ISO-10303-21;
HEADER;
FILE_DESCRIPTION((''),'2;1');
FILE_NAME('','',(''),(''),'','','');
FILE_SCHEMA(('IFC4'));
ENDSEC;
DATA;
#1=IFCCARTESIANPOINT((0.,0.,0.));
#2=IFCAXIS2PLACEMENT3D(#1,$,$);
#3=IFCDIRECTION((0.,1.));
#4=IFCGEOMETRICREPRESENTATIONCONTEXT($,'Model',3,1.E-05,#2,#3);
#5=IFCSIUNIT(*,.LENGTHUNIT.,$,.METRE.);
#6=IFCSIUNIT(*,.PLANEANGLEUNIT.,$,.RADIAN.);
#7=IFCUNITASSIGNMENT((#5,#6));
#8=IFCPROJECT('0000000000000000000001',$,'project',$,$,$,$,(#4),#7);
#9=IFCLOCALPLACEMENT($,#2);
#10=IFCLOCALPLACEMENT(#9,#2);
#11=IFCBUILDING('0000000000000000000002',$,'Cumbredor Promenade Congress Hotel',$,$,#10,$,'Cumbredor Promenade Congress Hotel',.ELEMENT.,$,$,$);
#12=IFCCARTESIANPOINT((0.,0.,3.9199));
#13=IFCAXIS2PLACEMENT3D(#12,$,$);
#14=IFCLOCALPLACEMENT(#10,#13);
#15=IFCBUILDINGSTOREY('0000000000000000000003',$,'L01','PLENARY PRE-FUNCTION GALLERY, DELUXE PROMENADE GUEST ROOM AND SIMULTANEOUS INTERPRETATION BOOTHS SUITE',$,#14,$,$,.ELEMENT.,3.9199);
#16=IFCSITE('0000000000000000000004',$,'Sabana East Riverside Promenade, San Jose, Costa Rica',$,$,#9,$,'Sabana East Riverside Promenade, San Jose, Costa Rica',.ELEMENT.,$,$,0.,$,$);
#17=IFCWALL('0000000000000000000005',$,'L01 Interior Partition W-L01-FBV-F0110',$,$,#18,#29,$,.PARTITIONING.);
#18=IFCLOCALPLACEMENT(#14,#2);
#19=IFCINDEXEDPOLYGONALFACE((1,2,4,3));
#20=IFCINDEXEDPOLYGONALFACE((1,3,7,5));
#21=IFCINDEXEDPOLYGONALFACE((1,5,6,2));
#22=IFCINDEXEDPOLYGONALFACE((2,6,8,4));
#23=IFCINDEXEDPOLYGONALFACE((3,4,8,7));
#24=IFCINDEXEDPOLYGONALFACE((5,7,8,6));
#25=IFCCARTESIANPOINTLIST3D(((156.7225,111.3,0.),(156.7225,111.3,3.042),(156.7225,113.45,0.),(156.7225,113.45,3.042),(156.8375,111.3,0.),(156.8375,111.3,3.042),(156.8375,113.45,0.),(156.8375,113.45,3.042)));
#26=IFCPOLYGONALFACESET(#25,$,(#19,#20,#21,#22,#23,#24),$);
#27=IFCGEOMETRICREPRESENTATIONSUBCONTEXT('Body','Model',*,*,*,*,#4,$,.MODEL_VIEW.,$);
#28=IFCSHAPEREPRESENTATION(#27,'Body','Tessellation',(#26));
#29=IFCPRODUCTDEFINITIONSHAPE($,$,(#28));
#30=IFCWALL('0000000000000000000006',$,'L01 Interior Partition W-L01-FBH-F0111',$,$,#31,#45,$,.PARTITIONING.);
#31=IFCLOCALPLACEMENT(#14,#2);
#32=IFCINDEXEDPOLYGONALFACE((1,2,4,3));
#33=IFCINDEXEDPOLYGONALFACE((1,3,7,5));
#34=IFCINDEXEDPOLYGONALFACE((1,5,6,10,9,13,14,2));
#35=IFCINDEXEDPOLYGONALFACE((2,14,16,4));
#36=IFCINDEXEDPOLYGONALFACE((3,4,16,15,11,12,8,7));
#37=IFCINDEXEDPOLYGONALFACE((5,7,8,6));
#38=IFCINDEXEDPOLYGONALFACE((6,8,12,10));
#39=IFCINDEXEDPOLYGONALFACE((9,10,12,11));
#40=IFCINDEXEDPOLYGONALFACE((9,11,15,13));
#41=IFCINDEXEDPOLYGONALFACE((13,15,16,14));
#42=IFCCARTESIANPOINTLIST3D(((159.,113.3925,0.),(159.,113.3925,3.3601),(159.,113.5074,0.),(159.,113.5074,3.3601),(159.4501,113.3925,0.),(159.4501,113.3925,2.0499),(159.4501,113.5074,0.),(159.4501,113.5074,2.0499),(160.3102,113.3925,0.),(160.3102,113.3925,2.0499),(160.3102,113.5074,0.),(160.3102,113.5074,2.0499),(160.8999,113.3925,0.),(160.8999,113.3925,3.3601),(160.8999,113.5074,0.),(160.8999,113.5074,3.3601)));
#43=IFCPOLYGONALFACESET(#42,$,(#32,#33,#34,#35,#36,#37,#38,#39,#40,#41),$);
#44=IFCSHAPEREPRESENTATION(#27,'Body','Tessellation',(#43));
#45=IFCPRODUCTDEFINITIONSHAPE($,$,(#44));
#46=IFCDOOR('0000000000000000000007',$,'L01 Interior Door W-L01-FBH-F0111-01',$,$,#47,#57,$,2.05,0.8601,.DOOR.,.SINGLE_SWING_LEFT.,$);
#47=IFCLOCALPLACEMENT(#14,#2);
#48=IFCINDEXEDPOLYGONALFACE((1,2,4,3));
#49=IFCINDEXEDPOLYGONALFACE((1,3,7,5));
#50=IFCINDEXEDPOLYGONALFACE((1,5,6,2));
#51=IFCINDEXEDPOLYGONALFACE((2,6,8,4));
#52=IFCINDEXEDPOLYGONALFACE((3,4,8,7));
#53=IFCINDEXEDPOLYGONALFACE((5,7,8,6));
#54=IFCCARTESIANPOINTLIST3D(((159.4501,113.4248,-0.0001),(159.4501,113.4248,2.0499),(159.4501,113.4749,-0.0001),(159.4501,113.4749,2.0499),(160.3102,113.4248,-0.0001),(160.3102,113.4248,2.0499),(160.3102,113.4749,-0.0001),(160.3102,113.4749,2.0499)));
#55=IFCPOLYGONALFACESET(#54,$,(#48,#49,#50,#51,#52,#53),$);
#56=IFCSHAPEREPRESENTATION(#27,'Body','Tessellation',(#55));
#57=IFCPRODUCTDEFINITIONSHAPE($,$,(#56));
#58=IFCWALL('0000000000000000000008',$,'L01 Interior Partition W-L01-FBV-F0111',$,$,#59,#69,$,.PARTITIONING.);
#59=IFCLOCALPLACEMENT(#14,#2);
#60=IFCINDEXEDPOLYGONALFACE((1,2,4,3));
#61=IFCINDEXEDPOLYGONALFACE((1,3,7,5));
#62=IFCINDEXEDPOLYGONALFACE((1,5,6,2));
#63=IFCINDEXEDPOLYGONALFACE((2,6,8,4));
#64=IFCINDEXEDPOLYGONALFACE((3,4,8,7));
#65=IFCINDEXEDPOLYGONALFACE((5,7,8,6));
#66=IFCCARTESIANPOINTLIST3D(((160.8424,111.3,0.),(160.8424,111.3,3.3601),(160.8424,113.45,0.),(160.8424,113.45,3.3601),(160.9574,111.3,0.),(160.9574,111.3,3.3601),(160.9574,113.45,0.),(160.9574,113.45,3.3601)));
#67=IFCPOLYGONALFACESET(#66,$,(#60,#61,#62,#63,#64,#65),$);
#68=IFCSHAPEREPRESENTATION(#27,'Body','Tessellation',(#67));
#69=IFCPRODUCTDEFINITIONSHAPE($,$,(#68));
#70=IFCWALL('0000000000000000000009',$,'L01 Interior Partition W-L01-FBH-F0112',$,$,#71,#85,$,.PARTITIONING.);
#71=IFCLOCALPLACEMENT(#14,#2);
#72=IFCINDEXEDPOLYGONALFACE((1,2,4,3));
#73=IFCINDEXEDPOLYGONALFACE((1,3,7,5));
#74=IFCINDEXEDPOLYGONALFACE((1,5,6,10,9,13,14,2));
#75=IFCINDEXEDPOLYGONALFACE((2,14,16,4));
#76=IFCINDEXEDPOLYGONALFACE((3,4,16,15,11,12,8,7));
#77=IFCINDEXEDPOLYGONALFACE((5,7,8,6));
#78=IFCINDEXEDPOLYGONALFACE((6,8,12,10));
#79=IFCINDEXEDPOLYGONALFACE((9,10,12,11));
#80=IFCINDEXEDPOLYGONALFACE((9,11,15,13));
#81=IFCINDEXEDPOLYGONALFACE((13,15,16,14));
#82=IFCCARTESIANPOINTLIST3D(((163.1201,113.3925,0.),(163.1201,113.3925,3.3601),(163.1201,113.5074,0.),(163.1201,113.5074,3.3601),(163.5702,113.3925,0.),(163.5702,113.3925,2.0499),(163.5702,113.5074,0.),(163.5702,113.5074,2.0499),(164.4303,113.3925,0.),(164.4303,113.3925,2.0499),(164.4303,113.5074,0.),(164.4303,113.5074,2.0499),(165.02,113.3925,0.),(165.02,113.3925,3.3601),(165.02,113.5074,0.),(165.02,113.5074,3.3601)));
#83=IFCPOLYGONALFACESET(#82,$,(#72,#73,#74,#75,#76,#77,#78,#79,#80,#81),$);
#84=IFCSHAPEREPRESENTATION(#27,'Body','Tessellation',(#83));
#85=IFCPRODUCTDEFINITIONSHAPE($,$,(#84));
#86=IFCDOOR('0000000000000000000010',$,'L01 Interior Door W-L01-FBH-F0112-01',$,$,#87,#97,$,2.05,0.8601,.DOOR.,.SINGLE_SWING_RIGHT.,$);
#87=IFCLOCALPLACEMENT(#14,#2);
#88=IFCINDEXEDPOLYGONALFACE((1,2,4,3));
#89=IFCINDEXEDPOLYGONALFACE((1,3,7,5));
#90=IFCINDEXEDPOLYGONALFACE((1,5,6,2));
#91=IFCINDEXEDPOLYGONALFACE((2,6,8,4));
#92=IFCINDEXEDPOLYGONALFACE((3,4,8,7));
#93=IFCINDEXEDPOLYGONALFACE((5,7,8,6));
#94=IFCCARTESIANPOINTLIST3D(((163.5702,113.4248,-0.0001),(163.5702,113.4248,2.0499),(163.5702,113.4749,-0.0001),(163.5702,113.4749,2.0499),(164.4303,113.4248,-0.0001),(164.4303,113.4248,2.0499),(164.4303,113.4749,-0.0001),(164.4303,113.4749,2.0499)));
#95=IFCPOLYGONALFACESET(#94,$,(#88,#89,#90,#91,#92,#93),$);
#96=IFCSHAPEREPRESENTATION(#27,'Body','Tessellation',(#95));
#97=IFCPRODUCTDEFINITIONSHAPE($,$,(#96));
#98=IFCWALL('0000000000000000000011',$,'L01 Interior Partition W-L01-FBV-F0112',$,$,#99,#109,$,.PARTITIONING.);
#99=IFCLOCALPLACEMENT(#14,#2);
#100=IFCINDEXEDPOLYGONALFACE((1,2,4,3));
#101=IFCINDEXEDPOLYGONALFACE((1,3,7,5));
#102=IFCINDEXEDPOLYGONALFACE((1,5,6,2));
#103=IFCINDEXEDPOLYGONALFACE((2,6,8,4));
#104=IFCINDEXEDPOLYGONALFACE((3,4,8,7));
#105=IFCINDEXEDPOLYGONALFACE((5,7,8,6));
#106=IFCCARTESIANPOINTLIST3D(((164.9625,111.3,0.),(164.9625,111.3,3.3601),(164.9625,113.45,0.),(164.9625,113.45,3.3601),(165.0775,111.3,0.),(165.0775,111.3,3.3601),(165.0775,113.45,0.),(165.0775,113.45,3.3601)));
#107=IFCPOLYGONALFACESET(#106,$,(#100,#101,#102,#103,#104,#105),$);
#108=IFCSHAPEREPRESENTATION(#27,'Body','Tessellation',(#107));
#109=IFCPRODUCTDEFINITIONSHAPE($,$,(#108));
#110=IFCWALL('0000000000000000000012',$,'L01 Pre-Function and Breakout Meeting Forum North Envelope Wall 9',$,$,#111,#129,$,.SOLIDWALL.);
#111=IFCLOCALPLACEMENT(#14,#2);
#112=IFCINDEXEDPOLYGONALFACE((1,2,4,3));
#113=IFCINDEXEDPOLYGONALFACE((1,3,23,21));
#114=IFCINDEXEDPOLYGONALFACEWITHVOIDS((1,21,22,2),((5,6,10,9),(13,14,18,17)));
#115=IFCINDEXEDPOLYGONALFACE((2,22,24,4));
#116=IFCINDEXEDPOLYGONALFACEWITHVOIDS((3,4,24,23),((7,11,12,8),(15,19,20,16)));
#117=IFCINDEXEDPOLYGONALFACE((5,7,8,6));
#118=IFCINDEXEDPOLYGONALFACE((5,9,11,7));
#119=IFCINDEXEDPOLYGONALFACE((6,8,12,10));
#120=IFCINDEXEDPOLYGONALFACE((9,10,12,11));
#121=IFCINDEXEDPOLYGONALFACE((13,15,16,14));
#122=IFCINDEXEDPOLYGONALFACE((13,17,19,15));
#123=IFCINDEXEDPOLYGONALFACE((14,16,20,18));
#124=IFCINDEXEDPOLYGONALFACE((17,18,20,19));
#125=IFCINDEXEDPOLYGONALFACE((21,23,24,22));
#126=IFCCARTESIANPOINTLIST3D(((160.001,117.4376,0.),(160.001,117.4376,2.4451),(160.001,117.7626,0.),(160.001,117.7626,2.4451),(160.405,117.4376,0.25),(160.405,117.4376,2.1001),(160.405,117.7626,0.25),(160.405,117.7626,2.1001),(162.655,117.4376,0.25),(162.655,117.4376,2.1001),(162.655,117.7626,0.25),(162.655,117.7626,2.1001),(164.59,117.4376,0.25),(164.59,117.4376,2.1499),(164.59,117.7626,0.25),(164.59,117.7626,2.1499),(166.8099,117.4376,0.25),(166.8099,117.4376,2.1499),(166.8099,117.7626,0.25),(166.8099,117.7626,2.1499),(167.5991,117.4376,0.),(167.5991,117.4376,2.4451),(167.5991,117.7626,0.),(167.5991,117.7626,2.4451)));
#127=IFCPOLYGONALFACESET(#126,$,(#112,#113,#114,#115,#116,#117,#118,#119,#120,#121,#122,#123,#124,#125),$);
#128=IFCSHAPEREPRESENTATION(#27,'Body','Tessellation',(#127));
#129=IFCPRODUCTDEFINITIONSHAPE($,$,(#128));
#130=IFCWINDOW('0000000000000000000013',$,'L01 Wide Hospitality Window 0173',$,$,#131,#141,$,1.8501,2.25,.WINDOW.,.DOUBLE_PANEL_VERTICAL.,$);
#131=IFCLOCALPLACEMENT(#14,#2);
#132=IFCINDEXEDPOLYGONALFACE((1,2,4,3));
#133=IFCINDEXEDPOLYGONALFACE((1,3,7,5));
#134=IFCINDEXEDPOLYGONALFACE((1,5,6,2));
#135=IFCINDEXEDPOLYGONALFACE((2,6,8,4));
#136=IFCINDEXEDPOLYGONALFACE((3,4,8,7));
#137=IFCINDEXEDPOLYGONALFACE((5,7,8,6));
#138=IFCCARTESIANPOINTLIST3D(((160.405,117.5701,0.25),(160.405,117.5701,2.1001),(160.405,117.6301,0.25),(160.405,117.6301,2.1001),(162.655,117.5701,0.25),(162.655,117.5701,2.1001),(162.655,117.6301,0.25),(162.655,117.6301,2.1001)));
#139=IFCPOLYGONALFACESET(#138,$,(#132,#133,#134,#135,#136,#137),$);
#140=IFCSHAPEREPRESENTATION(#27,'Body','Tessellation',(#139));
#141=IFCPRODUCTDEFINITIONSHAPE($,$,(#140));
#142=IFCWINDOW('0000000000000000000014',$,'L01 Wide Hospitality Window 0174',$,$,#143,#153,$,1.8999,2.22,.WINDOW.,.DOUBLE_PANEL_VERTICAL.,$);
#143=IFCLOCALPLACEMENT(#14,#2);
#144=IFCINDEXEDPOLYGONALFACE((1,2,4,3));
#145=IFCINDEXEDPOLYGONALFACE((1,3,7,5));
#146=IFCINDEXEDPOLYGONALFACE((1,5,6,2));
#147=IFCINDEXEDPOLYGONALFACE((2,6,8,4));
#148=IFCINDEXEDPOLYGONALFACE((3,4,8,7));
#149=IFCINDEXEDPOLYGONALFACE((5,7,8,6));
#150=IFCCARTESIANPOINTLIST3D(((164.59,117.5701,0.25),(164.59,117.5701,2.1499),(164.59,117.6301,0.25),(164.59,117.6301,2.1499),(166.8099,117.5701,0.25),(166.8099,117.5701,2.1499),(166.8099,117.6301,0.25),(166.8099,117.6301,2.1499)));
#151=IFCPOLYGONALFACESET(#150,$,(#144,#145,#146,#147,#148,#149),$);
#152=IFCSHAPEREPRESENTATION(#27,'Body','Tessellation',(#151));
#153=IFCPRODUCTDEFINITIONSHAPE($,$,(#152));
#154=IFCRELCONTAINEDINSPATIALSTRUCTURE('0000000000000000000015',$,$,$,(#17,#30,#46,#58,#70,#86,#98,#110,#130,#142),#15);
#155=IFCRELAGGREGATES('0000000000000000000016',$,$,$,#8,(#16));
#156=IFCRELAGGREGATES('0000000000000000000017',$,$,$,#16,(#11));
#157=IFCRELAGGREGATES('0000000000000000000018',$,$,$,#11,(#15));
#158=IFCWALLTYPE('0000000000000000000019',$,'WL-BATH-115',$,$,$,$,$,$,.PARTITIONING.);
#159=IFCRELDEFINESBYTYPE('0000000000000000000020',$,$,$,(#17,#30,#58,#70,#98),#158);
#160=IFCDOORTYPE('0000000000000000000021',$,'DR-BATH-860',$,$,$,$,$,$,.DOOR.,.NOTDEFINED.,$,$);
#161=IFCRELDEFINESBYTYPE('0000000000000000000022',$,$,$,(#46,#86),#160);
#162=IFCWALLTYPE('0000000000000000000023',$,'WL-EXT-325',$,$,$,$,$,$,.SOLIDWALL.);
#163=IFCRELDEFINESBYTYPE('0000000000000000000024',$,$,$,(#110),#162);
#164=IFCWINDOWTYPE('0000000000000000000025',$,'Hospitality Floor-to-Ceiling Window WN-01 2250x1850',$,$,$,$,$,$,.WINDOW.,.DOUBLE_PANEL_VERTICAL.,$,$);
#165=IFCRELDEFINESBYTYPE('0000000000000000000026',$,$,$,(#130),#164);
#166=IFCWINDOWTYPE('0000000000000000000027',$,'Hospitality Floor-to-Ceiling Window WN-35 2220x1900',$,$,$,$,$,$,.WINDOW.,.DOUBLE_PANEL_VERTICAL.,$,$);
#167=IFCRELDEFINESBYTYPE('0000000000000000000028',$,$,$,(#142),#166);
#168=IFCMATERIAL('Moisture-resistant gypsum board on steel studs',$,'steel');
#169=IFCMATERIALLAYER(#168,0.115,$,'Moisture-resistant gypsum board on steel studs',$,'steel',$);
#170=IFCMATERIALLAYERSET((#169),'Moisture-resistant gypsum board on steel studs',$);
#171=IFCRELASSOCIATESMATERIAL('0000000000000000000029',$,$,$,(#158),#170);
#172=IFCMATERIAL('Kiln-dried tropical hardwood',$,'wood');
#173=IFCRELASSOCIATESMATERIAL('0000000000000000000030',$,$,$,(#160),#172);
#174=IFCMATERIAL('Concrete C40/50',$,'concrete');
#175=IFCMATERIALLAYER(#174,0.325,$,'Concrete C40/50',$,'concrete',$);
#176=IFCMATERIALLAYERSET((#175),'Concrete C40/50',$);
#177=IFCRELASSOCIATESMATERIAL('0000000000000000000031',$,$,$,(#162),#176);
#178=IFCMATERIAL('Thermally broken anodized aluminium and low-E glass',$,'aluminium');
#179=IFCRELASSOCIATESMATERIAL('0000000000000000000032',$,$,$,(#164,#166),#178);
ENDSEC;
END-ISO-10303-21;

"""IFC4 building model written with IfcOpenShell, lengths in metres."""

from ifc_helpers import new_model, si_unit, direction, frame, frame_2d, origin, place, context, subcontext, project, spatial, rectangle, extrude, material, layer, layer_set, type_object, element, fill, save


model = new_model("IFC4")

# Units and contexts
model_context = context("Model", 3, precision=1e-05, world=origin(), true_north=direction((0.0, 1.0)))
body_context = subcontext(model_context, "Body", "Model", "MODEL_VIEW")
ifc_project = project(units=[si_unit("LENGTHUNIT", "METRE"), si_unit("PLANEANGLEUNIT", "RADIAN")], contexts=[model_context])

# Site, building, storey
site_placement = place(None, origin())
site = spatial("IfcSite", under=ifc_project, at=site_placement, Name="Sabana East Riverside Promenade, San Jose, Costa Rica", LongName="Sabana East Riverside Promenade, San Jose, Costa Rica", CompositionType="ELEMENT", RefElevation=0.0)
building_placement = place(site_placement, origin())
building = spatial("IfcBuilding", under=site, at=building_placement, Name="Cumbredor Promenade Congress Hotel", LongName="Cumbredor Promenade Congress Hotel", CompositionType="ELEMENT")
storey_placement = place(building_placement, frame((0.0, 0.0, 3.9199)))
storey = spatial("IfcBuildingStorey", under=building, at=storey_placement, Name="L01", Description="PLENARY PRE-FUNCTION GALLERY, DELUXE PROMENADE GUEST ROOM AND SIMULTANEOUS INTERPRETATION BOOTHS SUITE", CompositionType="ELEMENT", Elevation=3.9199)

# Shared definitions
ifc_material_1 = material(Name="Thermally broken anodized aluminium and low-E glass", Category="aluminium")

# Shared definitions
ifc_material_2 = material(Name="Concrete C40/50", Category="concrete")

# Shared definitions
ifc_material_3 = material(Name="Kiln-dried tropical hardwood", Category="wood")

# Shared definitions
ifc_material_4 = material(Name="Moisture-resistant gypsum board on steel studs", Category="steel")
ifc_layer_1 = layer(ifc_material_4, 0.115, Name="Moisture-resistant gypsum board on steel studs", Category="steel")
ifc_layer_set_1 = layer_set([ifc_layer_1], Name="Moisture-resistant gypsum board on steel studs")
wall_type_1 = type_object("IfcWallType", Name="WL-BATH-115", PredefinedType="PARTITIONING", material=ifc_layer_set_1)
door_type_1 = type_object("IfcDoorType", Name="DR-BATH-860", OperationType="NOTDEFINED", PredefinedType="DOOR", material=ifc_material_3)

# Wall
wall_1_placement = place(storey_placement, frame((156.78, 111.3, 0.0), z_axis=(0.0, 0.0, 1.0), x_axis=(0.0, 1.0, 0.0)))
element("IfcWall", 1, at=wall_1_placement, inside=storey, type_object=wall_type_1, Name="L01 Interior Partition W-L01-FBV-F0110", PredefinedType="PARTITIONING", context=body_context, shape_type="SweptSolid", body=[
    extrude(rectangle(XDim=2.1499, YDim=0.115, at=frame_2d((1.075, 0.0))), origin(), (0.0, 0.0, 1.0), 3.042),
])

# Wall, opening, door
wall_2_placement = place(storey_placement, frame((159.0, 113.45, 0.0), z_axis=(0.0, 0.0, 1.0), x_axis=(1.0, 0.0, 0.0)))
wall_2 = element("IfcWall", 2, at=wall_2_placement, inside=storey, type_object=wall_type_1, Name="L01 Interior Partition W-L01-FBH-F0111", PredefinedType="PARTITIONING", context=body_context, shape_type="SweptSolid", body=[
    extrude(rectangle(XDim=1.8999, YDim=0.115, at=frame_2d((0.95, 0.0))), origin(), (0.0, 0.0, 1.0), 3.3601),
])
opening_1_placement = place(wall_2_placement, frame((0.45, 0.0, 0.0)))
opening_1 = element("IfcOpeningElement", 3, at=opening_1_placement, cuts=wall_2, PredefinedType="OPENING", context=body_context, shape_type="SweptSolid", body=[
    extrude(rectangle(XDim=0.8601, YDim=2.05, at=frame_2d((0.4302, 1.0249))), frame((0.0, 0.0674, 0.0), z_axis=(0.0, -1.0, 0.0), x_axis=(1.0, 0.0, 0.0)), (0.0, 0.0, 1.0), 0.135),
])
door_1_placement = place(opening_1_placement, origin())
door_1 = element("IfcDoor", 4, at=door_1_placement, inside=storey, type_object=door_type_1, Name="L01 Interior Door W-L01-FBH-F0111-01", OperationType="SINGLE_SWING_LEFT", OverallHeight=2.05, OverallWidth=0.8601, PredefinedType="DOOR", context=body_context, shape_type="SweptSolid", body=[
    extrude(rectangle(XDim=0.8601, YDim=2.05, at=frame_2d((0.4302, 1.0249))), frame((0.0, 0.0249, 0.0), z_axis=(0.0, -1.0, 0.0), x_axis=(1.0, 0.0, 0.0)), (0.0, 0.0, 1.0), 0.05),
])
fill(opening_1, door_1)

# Wall
wall_3_placement = place(storey_placement, frame((160.8999, 111.3, 0.0), z_axis=(0.0, 0.0, 1.0), x_axis=(0.0, 1.0, 0.0)))
element("IfcWall", 5, at=wall_3_placement, inside=storey, type_object=wall_type_1, Name="L01 Interior Partition W-L01-FBV-F0111", PredefinedType="PARTITIONING", context=body_context, shape_type="SweptSolid", body=[
    extrude(rectangle(XDim=2.1499, YDim=0.115, at=frame_2d((1.075, 0.0))), origin(), (0.0, 0.0, 1.0), 3.3601),
])

# Wall, opening, door
wall_4_placement = place(storey_placement, frame((163.1201, 113.45, 0.0), z_axis=(0.0, 0.0, 1.0), x_axis=(1.0, 0.0, 0.0)))
wall_4 = element("IfcWall", 6, at=wall_4_placement, inside=storey, type_object=wall_type_1, Name="L01 Interior Partition W-L01-FBH-F0112", PredefinedType="PARTITIONING", context=body_context, shape_type="SweptSolid", body=[
    extrude(rectangle(XDim=1.8999, YDim=0.115, at=frame_2d((0.95, 0.0))), origin(), (0.0, 0.0, 1.0), 3.3601),
])
opening_2_placement = place(wall_4_placement, frame((0.45, 0.0, 0.0)))
opening_2 = element("IfcOpeningElement", 7, at=opening_2_placement, cuts=wall_4, PredefinedType="OPENING", context=body_context, shape_type="SweptSolid", body=[
    extrude(rectangle(XDim=0.8601, YDim=2.05, at=frame_2d((0.4302, 1.0249))), frame((0.0, 0.0674, 0.0), z_axis=(0.0, -1.0, 0.0), x_axis=(1.0, 0.0, 0.0)), (0.0, 0.0, 1.0), 0.135),
])
door_2_placement = place(opening_2_placement, origin())
door_2 = element("IfcDoor", 8, at=door_2_placement, inside=storey, type_object=door_type_1, Name="L01 Interior Door W-L01-FBH-F0112-01", OperationType="SINGLE_SWING_RIGHT", OverallHeight=2.05, OverallWidth=0.8601, PredefinedType="DOOR", context=body_context, shape_type="SweptSolid", body=[
    extrude(rectangle(XDim=0.8601, YDim=2.05, at=frame_2d((0.4302, 1.0249))), frame((0.0, 0.0249, 0.0), z_axis=(0.0, -1.0, 0.0), x_axis=(1.0, 0.0, 0.0)), (0.0, 0.0, 1.0), 0.05),
])
fill(opening_2, door_2)

# Wall
wall_5_placement = place(storey_placement, frame((165.02, 111.3, 0.0), z_axis=(0.0, 0.0, 1.0), x_axis=(0.0, 1.0, 0.0)))
element("IfcWall", 9, at=wall_5_placement, inside=storey, type_object=wall_type_1, Name="L01 Interior Partition W-L01-FBV-F0112", PredefinedType="PARTITIONING", context=body_context, shape_type="SweptSolid", body=[
    extrude(rectangle(XDim=2.1499, YDim=0.115, at=frame_2d((1.075, 0.0))), origin(), (0.0, 0.0, 1.0), 3.3601),
])

# Wall, openings, windows
ifc_layer_2 = layer(ifc_material_2, 0.325, Name="Concrete C40/50", Category="concrete")
ifc_layer_set_2 = layer_set([ifc_layer_2], Name="Concrete C40/50")
wall_type_2 = type_object("IfcWallType", Name="WL-EXT-325", PredefinedType="SOLIDWALL", material=ifc_layer_set_2)
wall_6_placement = place(storey_placement, frame((160.001, 117.6001, 0.0), z_axis=(0.0, 0.0, 1.0), x_axis=(1.0, 0.0, 0.0)))
wall_6 = element("IfcWall", 10, at=wall_6_placement, inside=storey, type_object=wall_type_2, Name="L01 Pre-Function and Breakout Meeting Forum North Envelope Wall 9", PredefinedType="SOLIDWALL", context=body_context, shape_type="SweptSolid", body=[
    extrude(rectangle(XDim=7.5981, YDim=0.325, at=frame_2d((3.7991, 0.0))), origin(), (0.0, 0.0, 1.0), 2.4451),
])
opening_3_placement = place(wall_6_placement, frame((0.4041, 0.0, 0.25)))
opening_3 = element("IfcOpeningElement", 11, at=opening_3_placement, cuts=wall_6, PredefinedType="OPENING", context=body_context, shape_type="SweptSolid", body=[
    extrude(rectangle(XDim=2.25, YDim=1.8501, at=frame_2d((1.125, 0.925))), frame((0.0, 0.1724, 0.0), z_axis=(0.0, -1.0, 0.0), x_axis=(1.0, 0.0, 0.0)), (0.0, 0.0, 1.0), 0.345),
])
opening_4_placement = place(wall_6_placement, frame((4.5891, 0.0, 0.25)))
opening_4 = element("IfcOpeningElement", 12, at=opening_4_placement, cuts=wall_6, PredefinedType="OPENING", context=body_context, shape_type="SweptSolid", body=[
    extrude(rectangle(XDim=2.22, YDim=1.8999, at=frame_2d((1.1099, 0.95))), frame((0.0, 0.1724, 0.0), z_axis=(0.0, -1.0, 0.0), x_axis=(1.0, 0.0, 0.0)), (0.0, 0.0, 1.0), 0.345),
])
window_type_1 = type_object("IfcWindowType", Name="Hospitality Floor-to-Ceiling Window WN-01 2250x1850", PartitioningType="DOUBLE_PANEL_VERTICAL", PredefinedType="WINDOW", material=ifc_material_1)
window_1_placement = place(opening_3_placement, origin())
window_1 = element("IfcWindow", 13, at=window_1_placement, inside=storey, type_object=window_type_1, Name="L01 Wide Hospitality Window 0173", OverallHeight=1.8501, OverallWidth=2.25, PartitioningType="DOUBLE_PANEL_VERTICAL", PredefinedType="WINDOW", context=body_context, shape_type="SweptSolid", body=[
    extrude(rectangle(XDim=2.25, YDim=1.8501, at=frame_2d((1.125, 0.925))), frame((0.0, 0.03, 0.0), z_axis=(0.0, -1.0, 0.0), x_axis=(1.0, 0.0, 0.0)), (0.0, 0.0, 1.0), 0.0601),
])
fill(opening_3, window_1)
window_type_2 = type_object("IfcWindowType", Name="Hospitality Floor-to-Ceiling Window WN-35 2220x1900", PartitioningType="DOUBLE_PANEL_VERTICAL", PredefinedType="WINDOW", material=ifc_material_1)
window_2_placement = place(opening_4_placement, origin())
window_2 = element("IfcWindow", 14, at=window_2_placement, inside=storey, type_object=window_type_2, Name="L01 Wide Hospitality Window 0174", OverallHeight=1.8999, OverallWidth=2.22, PartitioningType="DOUBLE_PANEL_VERTICAL", PredefinedType="WINDOW", context=body_context, shape_type="SweptSolid", body=[
    extrude(rectangle(XDim=2.22, YDim=1.8999, at=frame_2d((1.1099, 0.95))), frame((0.0, 0.03, 0.0), z_axis=(0.0, -1.0, 0.0), x_axis=(1.0, 0.0, 0.0)), (0.0, 0.0, 1.0), 0.0601),
])
fill(opening_4, window_2)

save(model, "model.ifc")
